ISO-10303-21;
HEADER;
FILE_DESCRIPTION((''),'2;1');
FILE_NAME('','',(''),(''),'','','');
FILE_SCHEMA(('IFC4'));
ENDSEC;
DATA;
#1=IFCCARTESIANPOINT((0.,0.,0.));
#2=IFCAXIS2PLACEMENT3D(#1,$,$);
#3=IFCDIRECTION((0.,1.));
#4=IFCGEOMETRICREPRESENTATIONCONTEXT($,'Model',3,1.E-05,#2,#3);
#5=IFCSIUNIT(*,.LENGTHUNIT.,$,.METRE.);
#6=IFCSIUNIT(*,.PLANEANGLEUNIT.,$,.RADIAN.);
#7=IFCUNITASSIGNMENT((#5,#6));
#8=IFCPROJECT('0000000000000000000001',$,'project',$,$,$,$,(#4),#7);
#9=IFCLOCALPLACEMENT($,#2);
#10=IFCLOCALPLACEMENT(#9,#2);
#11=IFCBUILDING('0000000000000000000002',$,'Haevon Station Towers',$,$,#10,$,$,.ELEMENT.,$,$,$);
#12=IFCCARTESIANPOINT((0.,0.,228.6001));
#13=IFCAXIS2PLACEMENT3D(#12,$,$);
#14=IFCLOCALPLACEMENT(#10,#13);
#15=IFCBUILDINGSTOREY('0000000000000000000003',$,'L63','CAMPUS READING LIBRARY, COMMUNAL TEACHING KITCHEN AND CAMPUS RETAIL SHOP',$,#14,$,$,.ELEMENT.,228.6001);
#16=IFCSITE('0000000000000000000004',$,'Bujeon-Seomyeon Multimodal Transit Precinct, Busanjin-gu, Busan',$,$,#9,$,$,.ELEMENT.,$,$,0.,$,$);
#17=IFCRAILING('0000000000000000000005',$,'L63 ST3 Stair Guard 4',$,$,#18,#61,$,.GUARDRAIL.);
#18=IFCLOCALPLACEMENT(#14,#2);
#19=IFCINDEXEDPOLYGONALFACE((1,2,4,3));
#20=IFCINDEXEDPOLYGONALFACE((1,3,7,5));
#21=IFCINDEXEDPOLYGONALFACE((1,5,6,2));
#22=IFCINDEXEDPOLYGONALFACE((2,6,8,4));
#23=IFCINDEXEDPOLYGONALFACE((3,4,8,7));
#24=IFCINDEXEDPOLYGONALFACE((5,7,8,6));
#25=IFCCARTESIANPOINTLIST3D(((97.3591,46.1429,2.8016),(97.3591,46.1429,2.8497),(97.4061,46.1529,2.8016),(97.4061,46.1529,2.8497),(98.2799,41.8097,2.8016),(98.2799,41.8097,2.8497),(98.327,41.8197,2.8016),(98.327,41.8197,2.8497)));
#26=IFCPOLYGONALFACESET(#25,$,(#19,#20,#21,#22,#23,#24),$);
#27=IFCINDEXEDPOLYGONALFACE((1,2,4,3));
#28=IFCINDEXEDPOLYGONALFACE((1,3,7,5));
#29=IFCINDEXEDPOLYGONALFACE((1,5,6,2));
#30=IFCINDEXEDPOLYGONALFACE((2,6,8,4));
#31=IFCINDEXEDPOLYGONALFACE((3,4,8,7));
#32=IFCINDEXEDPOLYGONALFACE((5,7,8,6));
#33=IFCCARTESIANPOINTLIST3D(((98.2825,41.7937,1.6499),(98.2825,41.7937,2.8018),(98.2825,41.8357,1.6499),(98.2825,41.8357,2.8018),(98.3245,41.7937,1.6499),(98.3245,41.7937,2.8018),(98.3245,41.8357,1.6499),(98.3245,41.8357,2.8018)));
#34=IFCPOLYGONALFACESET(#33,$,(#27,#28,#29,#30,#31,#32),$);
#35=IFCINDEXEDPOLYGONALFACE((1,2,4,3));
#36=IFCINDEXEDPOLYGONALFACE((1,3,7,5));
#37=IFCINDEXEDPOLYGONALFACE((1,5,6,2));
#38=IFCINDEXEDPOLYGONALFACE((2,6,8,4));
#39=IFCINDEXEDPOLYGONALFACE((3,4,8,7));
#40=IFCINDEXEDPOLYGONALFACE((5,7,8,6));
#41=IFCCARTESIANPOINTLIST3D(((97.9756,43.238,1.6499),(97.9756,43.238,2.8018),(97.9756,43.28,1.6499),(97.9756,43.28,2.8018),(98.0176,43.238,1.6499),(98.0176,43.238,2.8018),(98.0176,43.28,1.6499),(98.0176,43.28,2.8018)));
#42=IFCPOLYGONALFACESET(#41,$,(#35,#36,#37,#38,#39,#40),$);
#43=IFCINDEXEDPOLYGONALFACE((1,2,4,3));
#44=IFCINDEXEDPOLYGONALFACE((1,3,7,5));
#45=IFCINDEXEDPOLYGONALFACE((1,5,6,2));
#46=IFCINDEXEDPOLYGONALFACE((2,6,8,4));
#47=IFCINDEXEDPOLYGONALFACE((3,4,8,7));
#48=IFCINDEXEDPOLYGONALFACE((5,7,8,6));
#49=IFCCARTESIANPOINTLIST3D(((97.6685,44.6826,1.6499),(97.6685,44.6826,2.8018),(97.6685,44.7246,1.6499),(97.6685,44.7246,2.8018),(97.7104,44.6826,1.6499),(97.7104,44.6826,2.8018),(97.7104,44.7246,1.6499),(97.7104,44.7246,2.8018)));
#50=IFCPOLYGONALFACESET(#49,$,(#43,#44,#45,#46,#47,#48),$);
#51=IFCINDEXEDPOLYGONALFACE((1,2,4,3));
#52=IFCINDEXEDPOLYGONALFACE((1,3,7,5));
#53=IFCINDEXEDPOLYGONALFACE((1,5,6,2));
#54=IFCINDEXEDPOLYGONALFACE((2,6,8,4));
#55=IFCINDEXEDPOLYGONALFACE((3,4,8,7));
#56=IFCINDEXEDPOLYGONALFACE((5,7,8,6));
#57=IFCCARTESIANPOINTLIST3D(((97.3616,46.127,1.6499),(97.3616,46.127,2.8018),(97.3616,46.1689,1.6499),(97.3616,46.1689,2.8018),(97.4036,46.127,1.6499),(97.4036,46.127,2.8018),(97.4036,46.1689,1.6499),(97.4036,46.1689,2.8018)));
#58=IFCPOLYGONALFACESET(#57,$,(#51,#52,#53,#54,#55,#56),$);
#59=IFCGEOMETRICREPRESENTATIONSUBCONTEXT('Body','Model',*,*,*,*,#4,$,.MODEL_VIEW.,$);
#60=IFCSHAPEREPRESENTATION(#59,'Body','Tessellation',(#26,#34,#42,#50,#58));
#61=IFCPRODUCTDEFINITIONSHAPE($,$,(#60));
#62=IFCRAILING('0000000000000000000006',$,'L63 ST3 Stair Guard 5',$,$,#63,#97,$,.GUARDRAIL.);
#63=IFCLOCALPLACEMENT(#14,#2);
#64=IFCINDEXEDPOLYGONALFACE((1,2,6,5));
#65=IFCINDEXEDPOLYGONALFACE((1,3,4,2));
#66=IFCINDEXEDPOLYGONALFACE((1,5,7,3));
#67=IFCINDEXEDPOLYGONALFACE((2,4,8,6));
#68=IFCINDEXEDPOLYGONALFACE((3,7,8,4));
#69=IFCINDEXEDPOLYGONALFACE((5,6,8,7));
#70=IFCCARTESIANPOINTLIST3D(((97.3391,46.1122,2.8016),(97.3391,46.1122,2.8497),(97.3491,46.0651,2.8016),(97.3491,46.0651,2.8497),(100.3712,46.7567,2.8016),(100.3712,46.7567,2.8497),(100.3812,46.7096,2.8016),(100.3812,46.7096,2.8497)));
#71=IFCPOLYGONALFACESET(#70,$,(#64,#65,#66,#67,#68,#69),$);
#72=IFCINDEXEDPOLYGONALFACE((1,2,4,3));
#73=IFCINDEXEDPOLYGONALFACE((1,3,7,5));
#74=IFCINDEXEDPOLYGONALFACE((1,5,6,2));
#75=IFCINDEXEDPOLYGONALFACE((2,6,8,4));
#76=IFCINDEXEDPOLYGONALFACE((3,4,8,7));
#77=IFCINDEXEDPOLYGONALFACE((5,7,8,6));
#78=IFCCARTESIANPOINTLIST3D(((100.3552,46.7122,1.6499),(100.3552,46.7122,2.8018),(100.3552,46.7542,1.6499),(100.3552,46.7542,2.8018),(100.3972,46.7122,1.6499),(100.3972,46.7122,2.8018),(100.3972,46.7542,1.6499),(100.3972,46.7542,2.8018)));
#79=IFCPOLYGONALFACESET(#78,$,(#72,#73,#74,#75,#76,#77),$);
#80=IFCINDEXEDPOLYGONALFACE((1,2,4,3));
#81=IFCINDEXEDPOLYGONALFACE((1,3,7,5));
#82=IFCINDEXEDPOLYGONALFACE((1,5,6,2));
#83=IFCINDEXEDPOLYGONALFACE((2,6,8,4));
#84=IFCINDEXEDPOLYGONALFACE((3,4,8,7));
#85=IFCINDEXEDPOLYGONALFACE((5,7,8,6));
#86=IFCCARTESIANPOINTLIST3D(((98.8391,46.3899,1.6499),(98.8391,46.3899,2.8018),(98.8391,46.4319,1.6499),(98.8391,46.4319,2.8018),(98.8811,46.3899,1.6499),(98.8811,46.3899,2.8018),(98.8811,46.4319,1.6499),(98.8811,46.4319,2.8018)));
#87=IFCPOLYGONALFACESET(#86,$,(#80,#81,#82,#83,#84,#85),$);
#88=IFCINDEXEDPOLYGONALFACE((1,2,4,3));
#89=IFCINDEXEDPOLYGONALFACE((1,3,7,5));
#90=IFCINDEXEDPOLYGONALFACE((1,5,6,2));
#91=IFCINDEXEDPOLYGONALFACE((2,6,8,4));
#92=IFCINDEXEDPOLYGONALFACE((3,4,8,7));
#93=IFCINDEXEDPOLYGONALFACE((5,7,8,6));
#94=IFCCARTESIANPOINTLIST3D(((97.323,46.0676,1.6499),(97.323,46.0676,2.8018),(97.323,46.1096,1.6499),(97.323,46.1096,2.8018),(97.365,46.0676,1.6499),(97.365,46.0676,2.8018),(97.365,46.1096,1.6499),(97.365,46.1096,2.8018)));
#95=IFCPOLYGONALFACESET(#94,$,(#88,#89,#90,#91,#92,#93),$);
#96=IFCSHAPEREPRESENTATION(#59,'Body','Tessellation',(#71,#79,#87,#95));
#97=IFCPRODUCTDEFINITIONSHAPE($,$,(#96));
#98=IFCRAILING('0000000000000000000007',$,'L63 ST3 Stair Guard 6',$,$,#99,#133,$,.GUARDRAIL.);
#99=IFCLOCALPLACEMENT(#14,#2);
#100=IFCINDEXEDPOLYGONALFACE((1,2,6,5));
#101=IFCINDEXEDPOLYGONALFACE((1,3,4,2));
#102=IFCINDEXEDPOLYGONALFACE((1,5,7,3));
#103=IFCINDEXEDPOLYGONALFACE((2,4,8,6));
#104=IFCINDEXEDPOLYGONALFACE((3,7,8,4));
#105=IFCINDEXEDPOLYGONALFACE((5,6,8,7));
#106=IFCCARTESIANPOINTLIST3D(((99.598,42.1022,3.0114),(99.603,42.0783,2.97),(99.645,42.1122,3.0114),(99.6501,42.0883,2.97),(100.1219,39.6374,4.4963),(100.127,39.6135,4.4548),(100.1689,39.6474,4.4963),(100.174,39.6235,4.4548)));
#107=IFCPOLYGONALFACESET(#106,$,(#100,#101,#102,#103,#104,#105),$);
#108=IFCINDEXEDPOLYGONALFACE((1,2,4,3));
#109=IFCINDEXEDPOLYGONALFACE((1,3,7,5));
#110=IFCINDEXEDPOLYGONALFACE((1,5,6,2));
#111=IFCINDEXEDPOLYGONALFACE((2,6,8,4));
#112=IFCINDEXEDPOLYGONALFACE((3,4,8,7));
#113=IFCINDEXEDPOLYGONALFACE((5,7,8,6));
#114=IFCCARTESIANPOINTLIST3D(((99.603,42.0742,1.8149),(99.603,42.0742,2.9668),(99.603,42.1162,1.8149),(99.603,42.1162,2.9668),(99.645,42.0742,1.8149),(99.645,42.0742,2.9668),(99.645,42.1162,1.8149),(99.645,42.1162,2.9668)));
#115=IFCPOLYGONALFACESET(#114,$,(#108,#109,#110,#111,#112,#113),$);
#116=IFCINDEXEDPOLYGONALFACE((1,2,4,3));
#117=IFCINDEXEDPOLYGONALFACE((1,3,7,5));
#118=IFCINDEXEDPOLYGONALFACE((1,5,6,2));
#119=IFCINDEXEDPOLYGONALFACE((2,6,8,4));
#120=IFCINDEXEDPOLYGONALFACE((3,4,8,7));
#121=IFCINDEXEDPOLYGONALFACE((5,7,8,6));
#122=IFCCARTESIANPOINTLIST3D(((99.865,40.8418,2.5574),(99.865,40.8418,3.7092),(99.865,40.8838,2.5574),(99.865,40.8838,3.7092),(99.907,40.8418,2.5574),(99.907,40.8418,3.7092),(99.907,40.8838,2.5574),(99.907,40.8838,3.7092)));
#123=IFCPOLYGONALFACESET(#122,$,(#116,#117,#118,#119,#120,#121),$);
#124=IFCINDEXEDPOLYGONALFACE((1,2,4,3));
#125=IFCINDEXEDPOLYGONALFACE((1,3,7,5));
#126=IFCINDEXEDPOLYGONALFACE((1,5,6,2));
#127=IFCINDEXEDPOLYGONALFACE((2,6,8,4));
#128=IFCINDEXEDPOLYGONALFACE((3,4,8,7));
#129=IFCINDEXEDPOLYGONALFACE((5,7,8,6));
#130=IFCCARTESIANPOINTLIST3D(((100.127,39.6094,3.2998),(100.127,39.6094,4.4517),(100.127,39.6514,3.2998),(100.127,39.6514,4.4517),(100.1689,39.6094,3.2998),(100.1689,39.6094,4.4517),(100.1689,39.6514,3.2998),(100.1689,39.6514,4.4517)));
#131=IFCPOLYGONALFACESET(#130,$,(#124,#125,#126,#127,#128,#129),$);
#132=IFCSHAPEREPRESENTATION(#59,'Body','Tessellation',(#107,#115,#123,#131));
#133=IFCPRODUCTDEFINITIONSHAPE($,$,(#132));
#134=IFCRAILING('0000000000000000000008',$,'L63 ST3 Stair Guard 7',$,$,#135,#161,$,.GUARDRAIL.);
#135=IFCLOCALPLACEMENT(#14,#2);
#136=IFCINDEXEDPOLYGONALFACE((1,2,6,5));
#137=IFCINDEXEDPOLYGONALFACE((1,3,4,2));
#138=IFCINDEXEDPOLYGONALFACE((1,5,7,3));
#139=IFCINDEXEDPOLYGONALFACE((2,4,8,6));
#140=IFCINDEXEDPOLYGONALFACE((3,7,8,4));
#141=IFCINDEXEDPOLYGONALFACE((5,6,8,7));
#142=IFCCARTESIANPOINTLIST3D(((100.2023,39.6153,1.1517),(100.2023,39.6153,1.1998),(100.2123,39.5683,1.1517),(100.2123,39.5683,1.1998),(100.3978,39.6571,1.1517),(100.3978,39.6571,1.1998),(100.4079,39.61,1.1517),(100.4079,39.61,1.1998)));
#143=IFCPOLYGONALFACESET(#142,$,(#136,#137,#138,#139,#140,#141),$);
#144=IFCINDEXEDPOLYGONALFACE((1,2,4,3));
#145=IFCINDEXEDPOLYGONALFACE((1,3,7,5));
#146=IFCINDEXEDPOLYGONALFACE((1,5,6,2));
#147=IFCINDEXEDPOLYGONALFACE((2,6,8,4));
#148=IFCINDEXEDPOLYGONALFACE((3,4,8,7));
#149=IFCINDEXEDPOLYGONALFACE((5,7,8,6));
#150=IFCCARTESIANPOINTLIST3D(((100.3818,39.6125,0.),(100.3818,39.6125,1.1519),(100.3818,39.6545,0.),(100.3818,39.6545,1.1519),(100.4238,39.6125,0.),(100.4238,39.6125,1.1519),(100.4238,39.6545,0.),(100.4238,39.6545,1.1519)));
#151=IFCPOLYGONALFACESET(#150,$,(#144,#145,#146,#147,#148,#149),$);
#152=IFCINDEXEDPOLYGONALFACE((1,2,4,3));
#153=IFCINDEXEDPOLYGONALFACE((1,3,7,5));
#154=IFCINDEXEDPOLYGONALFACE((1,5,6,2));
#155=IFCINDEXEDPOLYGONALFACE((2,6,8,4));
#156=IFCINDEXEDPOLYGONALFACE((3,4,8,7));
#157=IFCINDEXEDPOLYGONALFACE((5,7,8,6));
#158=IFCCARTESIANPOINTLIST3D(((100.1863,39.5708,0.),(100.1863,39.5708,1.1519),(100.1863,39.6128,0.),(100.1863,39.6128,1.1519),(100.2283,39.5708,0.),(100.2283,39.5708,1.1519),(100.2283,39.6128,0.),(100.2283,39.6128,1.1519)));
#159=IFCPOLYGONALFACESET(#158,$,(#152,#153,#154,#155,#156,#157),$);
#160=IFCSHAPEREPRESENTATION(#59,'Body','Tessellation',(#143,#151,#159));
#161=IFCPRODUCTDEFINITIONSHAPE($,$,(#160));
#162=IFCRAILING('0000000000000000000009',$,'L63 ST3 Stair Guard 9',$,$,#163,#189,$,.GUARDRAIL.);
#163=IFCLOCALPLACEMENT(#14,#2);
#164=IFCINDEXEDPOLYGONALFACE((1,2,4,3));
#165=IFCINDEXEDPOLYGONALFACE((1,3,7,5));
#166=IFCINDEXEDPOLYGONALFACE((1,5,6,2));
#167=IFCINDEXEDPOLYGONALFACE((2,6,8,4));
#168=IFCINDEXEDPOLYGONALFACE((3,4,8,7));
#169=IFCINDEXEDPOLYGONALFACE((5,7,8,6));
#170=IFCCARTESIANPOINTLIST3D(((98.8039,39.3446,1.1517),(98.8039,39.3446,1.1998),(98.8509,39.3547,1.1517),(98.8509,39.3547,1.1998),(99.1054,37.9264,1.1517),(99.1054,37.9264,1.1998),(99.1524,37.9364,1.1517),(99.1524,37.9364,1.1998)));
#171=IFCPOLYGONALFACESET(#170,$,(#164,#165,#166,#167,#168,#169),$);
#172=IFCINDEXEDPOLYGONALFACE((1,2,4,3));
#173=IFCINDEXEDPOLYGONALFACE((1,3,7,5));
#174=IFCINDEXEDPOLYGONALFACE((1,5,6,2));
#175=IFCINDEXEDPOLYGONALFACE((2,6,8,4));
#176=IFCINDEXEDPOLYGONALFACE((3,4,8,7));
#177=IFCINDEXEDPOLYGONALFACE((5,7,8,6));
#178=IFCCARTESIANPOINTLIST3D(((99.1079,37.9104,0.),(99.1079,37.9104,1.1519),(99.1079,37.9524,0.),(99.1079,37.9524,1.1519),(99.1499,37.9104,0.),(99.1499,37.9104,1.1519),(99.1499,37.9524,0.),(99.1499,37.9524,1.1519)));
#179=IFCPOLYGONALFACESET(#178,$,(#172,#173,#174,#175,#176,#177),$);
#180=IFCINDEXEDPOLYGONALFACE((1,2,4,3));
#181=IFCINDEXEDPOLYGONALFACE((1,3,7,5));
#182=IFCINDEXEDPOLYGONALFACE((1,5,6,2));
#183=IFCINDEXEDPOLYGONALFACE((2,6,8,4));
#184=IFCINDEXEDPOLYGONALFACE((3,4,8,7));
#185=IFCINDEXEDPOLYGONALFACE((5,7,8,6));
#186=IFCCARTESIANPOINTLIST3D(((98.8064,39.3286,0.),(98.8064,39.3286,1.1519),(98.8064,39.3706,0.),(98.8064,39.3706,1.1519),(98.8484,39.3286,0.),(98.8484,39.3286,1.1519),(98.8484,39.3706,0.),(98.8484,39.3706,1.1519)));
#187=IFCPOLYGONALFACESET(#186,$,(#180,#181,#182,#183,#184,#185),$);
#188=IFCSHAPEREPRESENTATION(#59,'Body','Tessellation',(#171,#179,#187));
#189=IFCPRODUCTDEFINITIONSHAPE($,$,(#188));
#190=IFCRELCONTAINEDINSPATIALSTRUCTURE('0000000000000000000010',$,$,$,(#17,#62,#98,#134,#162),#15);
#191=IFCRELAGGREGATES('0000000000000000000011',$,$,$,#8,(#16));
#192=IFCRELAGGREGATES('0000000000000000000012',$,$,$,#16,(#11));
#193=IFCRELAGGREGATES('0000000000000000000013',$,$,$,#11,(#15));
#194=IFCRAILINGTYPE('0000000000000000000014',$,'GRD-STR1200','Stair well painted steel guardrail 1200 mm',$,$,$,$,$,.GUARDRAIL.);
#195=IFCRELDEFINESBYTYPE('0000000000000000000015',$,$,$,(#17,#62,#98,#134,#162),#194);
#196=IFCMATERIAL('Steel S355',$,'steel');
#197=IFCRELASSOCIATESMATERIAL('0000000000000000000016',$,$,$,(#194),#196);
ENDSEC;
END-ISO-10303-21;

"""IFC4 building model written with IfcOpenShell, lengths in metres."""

from ifc_helpers import new_model, si_unit, direction, frame, origin, origin_2d, place, context, subcontext, project, spatial, rectangle, extrude, material, type_object, element, save


model = new_model("IFC4")

# Units and contexts
model_context = context("Model", 3, precision=1e-05, world=origin(), true_north=direction((0.0, 1.0)))
body_context = subcontext(model_context, "Body", "Model", "MODEL_VIEW")
ifc_project = project(units=[si_unit("LENGTHUNIT", "METRE"), si_unit("PLANEANGLEUNIT", "RADIAN")], contexts=[model_context])

# Site, building, storey
site_placement = place(None, origin())
site = spatial("IfcSite", under=ifc_project, at=site_placement, Name="Bujeon-Seomyeon Multimodal Transit Precinct, Busanjin-gu, Busan", CompositionType="ELEMENT", RefElevation=0.0)
building_placement = place(site_placement, origin())
building = spatial("IfcBuilding", under=site, at=building_placement, Name="Haevon Station Towers", CompositionType="ELEMENT")
storey_placement = place(building_placement, frame((0.0, 0.0, 228.6001)))
storey = spatial("IfcBuildingStorey", under=building, at=storey_placement, Name="L63", Description="CAMPUS READING LIBRARY, COMMUNAL TEACHING KITCHEN AND CAMPUS RETAIL SHOP", CompositionType="ELEMENT", Elevation=228.6001)

# Shared definitions
ifc_material_1 = material(Name="Steel S355", Category="steel")

# Railings
railing_type_1 = type_object("IfcRailingType", Name="GRD-STR1200", Description="Stair well painted steel guardrail 1200 mm", PredefinedType="GUARDRAIL", material=ifc_material_1)
railing_1_placement = place(storey_placement, frame((98.3035, 41.8147, 1.6499)))
element("IfcRailing", 1, at=railing_1_placement, inside=storey, type_object=railing_type_1, Name="L63 ST3 Stair Guard 4", PredefinedType="GUARDRAIL", context=body_context, shape_type="SweptSolid", body=[
    extrude(rectangle(XDim=0.0481, YDim=0.0481, at=origin_2d()), frame((0.0, 0.0, 1.1758), z_axis=(-0.207877, 0.978155, 0.0), x_axis=(-0.978155, -0.207877, 0.0)), (0.0, 0.0, 1.0), 4.4299),
    extrude(rectangle(XDim=0.042, YDim=0.042, at=origin_2d()), origin(), (0.0, 0.0, 1.0), 1.1519),
    extrude(rectangle(XDim=0.042, YDim=0.042, at=origin_2d()), frame((-0.3069, 1.4443, 0.0)), (0.0, 0.0, 1.0), 1.1519),
    extrude(rectangle(XDim=0.042, YDim=0.042, at=origin_2d()), frame((-0.614, 2.8889, 0.0)), (0.0, 0.0, 1.0), 1.1519),
    extrude(rectangle(XDim=0.042, YDim=0.042, at=origin_2d()), frame((-0.9209, 4.3333, 0.0)), (0.0, 0.0, 1.0), 1.1519),
])
railing_2_placement = place(storey_placement, frame((100.3762, 46.7332, 1.6499)))
element("IfcRailing", 2, at=railing_2_placement, inside=storey, type_object=railing_type_1, Name="L63 ST3 Stair Guard 5", PredefinedType="GUARDRAIL", context=body_context, shape_type="SweptSolid", body=[
    extrude(rectangle(XDim=0.0481, YDim=0.0481, at=origin_2d()), frame((0.0, 0.0, 1.1758), z_axis=(-0.978147, -0.207915, 0.0), x_axis=(0.207915, -0.978147, 0.0)), (0.0, 0.0, 1.0), 3.0999),
    extrude(rectangle(XDim=0.042, YDim=0.042, at=origin_2d()), origin(), (0.0, 0.0, 1.0), 1.1519),
    extrude(rectangle(XDim=0.042, YDim=0.042, at=origin_2d()), frame((-1.5161, -0.3223, 0.0)), (0.0, 0.0, 1.0), 1.1519),
    extrude(rectangle(XDim=0.042, YDim=0.042, at=origin_2d()), frame((-3.0322, -0.6445, 0.0)), (0.0, 0.0, 1.0), 1.1519),
])
railing_3_placement = place(storey_placement, frame((99.624, 42.0952, 1.8149)))
element("IfcRailing", 3, at=railing_3_placement, inside=storey, type_object=railing_type_1, Name="L63 ST3 Stair Guard 6", PredefinedType="GUARDRAIL", context=body_context, shape_type="SweptSolid", body=[
    extrude(rectangle(XDim=0.0481, YDim=0.0481, at=origin_2d()), frame((0.0, 0.0, 1.1758), z_axis=(0.179129, -0.842724, 0.507671), x_axis=(0.978147, 0.207914, 0.0)), (0.0, 0.0, 1.0), 2.9248),
    extrude(rectangle(XDim=0.042, YDim=0.042, at=origin_2d()), origin(), (0.0, 0.0, 1.0), 1.1519),
    extrude(rectangle(XDim=0.042, YDim=0.042, at=origin_2d()), frame((0.262, -1.2324, 0.7424)), (0.0, 0.0, 1.0), 1.1519),
    extrude(rectangle(XDim=0.042, YDim=0.042, at=origin_2d()), frame((0.5239, -2.4648, 1.4849)), (0.0, 0.0, 1.0), 1.1519),
])
railing_4_placement = place(storey_placement, frame((100.4028, 39.6335, 0.0)))
element("IfcRailing", 4, at=railing_4_placement, inside=storey, type_object=railing_type_1, Name="L63 ST3 Stair Guard 7", PredefinedType="GUARDRAIL", context=body_context, shape_type="SweptSolid", body=[
    extrude(rectangle(XDim=0.0481, YDim=0.0481, at=origin_2d()), frame((0.0, 0.0, 1.1758), z_axis=(-0.977963, -0.208779, 0.0), x_axis=(0.208779, -0.977963, 0.0)), (0.0, 0.0, 1.0), 0.2),
    extrude(rectangle(XDim=0.042, YDim=0.042, at=origin_2d()), origin(), (0.0, 0.0, 1.0), 1.1519),
    extrude(rectangle(XDim=0.042, YDim=0.042, at=origin_2d()), frame((-0.1956, -0.0417, 0.0)), (0.0, 0.0, 1.0), 1.1519),
])
railing_5_placement = place(storey_placement, frame((99.1289, 37.9314, 0.0)))
element("IfcRailing", 5, at=railing_5_placement, inside=storey, type_object=railing_type_1, Name="L63 ST3 Stair Guard 9", PredefinedType="GUARDRAIL", context=body_context, shape_type="SweptSolid", body=[
    extrude(rectangle(XDim=0.0481, YDim=0.0481, at=origin_2d()), frame((0.0, 0.0, 1.1758), z_axis=(-0.207953, 0.978139, 0.0), x_axis=(-0.978139, -0.207953, 0.0)), (0.0, 0.0, 1.0), 1.45),
    extrude(rectangle(XDim=0.042, YDim=0.042, at=origin_2d()), origin(), (0.0, 0.0, 1.0), 1.1519),
    extrude(rectangle(XDim=0.042, YDim=0.042, at=origin_2d()), frame((-0.3015, 1.4182, 0.0)), (0.0, 0.0, 1.0), 1.1519),
])

save(model, "model.ifc")
